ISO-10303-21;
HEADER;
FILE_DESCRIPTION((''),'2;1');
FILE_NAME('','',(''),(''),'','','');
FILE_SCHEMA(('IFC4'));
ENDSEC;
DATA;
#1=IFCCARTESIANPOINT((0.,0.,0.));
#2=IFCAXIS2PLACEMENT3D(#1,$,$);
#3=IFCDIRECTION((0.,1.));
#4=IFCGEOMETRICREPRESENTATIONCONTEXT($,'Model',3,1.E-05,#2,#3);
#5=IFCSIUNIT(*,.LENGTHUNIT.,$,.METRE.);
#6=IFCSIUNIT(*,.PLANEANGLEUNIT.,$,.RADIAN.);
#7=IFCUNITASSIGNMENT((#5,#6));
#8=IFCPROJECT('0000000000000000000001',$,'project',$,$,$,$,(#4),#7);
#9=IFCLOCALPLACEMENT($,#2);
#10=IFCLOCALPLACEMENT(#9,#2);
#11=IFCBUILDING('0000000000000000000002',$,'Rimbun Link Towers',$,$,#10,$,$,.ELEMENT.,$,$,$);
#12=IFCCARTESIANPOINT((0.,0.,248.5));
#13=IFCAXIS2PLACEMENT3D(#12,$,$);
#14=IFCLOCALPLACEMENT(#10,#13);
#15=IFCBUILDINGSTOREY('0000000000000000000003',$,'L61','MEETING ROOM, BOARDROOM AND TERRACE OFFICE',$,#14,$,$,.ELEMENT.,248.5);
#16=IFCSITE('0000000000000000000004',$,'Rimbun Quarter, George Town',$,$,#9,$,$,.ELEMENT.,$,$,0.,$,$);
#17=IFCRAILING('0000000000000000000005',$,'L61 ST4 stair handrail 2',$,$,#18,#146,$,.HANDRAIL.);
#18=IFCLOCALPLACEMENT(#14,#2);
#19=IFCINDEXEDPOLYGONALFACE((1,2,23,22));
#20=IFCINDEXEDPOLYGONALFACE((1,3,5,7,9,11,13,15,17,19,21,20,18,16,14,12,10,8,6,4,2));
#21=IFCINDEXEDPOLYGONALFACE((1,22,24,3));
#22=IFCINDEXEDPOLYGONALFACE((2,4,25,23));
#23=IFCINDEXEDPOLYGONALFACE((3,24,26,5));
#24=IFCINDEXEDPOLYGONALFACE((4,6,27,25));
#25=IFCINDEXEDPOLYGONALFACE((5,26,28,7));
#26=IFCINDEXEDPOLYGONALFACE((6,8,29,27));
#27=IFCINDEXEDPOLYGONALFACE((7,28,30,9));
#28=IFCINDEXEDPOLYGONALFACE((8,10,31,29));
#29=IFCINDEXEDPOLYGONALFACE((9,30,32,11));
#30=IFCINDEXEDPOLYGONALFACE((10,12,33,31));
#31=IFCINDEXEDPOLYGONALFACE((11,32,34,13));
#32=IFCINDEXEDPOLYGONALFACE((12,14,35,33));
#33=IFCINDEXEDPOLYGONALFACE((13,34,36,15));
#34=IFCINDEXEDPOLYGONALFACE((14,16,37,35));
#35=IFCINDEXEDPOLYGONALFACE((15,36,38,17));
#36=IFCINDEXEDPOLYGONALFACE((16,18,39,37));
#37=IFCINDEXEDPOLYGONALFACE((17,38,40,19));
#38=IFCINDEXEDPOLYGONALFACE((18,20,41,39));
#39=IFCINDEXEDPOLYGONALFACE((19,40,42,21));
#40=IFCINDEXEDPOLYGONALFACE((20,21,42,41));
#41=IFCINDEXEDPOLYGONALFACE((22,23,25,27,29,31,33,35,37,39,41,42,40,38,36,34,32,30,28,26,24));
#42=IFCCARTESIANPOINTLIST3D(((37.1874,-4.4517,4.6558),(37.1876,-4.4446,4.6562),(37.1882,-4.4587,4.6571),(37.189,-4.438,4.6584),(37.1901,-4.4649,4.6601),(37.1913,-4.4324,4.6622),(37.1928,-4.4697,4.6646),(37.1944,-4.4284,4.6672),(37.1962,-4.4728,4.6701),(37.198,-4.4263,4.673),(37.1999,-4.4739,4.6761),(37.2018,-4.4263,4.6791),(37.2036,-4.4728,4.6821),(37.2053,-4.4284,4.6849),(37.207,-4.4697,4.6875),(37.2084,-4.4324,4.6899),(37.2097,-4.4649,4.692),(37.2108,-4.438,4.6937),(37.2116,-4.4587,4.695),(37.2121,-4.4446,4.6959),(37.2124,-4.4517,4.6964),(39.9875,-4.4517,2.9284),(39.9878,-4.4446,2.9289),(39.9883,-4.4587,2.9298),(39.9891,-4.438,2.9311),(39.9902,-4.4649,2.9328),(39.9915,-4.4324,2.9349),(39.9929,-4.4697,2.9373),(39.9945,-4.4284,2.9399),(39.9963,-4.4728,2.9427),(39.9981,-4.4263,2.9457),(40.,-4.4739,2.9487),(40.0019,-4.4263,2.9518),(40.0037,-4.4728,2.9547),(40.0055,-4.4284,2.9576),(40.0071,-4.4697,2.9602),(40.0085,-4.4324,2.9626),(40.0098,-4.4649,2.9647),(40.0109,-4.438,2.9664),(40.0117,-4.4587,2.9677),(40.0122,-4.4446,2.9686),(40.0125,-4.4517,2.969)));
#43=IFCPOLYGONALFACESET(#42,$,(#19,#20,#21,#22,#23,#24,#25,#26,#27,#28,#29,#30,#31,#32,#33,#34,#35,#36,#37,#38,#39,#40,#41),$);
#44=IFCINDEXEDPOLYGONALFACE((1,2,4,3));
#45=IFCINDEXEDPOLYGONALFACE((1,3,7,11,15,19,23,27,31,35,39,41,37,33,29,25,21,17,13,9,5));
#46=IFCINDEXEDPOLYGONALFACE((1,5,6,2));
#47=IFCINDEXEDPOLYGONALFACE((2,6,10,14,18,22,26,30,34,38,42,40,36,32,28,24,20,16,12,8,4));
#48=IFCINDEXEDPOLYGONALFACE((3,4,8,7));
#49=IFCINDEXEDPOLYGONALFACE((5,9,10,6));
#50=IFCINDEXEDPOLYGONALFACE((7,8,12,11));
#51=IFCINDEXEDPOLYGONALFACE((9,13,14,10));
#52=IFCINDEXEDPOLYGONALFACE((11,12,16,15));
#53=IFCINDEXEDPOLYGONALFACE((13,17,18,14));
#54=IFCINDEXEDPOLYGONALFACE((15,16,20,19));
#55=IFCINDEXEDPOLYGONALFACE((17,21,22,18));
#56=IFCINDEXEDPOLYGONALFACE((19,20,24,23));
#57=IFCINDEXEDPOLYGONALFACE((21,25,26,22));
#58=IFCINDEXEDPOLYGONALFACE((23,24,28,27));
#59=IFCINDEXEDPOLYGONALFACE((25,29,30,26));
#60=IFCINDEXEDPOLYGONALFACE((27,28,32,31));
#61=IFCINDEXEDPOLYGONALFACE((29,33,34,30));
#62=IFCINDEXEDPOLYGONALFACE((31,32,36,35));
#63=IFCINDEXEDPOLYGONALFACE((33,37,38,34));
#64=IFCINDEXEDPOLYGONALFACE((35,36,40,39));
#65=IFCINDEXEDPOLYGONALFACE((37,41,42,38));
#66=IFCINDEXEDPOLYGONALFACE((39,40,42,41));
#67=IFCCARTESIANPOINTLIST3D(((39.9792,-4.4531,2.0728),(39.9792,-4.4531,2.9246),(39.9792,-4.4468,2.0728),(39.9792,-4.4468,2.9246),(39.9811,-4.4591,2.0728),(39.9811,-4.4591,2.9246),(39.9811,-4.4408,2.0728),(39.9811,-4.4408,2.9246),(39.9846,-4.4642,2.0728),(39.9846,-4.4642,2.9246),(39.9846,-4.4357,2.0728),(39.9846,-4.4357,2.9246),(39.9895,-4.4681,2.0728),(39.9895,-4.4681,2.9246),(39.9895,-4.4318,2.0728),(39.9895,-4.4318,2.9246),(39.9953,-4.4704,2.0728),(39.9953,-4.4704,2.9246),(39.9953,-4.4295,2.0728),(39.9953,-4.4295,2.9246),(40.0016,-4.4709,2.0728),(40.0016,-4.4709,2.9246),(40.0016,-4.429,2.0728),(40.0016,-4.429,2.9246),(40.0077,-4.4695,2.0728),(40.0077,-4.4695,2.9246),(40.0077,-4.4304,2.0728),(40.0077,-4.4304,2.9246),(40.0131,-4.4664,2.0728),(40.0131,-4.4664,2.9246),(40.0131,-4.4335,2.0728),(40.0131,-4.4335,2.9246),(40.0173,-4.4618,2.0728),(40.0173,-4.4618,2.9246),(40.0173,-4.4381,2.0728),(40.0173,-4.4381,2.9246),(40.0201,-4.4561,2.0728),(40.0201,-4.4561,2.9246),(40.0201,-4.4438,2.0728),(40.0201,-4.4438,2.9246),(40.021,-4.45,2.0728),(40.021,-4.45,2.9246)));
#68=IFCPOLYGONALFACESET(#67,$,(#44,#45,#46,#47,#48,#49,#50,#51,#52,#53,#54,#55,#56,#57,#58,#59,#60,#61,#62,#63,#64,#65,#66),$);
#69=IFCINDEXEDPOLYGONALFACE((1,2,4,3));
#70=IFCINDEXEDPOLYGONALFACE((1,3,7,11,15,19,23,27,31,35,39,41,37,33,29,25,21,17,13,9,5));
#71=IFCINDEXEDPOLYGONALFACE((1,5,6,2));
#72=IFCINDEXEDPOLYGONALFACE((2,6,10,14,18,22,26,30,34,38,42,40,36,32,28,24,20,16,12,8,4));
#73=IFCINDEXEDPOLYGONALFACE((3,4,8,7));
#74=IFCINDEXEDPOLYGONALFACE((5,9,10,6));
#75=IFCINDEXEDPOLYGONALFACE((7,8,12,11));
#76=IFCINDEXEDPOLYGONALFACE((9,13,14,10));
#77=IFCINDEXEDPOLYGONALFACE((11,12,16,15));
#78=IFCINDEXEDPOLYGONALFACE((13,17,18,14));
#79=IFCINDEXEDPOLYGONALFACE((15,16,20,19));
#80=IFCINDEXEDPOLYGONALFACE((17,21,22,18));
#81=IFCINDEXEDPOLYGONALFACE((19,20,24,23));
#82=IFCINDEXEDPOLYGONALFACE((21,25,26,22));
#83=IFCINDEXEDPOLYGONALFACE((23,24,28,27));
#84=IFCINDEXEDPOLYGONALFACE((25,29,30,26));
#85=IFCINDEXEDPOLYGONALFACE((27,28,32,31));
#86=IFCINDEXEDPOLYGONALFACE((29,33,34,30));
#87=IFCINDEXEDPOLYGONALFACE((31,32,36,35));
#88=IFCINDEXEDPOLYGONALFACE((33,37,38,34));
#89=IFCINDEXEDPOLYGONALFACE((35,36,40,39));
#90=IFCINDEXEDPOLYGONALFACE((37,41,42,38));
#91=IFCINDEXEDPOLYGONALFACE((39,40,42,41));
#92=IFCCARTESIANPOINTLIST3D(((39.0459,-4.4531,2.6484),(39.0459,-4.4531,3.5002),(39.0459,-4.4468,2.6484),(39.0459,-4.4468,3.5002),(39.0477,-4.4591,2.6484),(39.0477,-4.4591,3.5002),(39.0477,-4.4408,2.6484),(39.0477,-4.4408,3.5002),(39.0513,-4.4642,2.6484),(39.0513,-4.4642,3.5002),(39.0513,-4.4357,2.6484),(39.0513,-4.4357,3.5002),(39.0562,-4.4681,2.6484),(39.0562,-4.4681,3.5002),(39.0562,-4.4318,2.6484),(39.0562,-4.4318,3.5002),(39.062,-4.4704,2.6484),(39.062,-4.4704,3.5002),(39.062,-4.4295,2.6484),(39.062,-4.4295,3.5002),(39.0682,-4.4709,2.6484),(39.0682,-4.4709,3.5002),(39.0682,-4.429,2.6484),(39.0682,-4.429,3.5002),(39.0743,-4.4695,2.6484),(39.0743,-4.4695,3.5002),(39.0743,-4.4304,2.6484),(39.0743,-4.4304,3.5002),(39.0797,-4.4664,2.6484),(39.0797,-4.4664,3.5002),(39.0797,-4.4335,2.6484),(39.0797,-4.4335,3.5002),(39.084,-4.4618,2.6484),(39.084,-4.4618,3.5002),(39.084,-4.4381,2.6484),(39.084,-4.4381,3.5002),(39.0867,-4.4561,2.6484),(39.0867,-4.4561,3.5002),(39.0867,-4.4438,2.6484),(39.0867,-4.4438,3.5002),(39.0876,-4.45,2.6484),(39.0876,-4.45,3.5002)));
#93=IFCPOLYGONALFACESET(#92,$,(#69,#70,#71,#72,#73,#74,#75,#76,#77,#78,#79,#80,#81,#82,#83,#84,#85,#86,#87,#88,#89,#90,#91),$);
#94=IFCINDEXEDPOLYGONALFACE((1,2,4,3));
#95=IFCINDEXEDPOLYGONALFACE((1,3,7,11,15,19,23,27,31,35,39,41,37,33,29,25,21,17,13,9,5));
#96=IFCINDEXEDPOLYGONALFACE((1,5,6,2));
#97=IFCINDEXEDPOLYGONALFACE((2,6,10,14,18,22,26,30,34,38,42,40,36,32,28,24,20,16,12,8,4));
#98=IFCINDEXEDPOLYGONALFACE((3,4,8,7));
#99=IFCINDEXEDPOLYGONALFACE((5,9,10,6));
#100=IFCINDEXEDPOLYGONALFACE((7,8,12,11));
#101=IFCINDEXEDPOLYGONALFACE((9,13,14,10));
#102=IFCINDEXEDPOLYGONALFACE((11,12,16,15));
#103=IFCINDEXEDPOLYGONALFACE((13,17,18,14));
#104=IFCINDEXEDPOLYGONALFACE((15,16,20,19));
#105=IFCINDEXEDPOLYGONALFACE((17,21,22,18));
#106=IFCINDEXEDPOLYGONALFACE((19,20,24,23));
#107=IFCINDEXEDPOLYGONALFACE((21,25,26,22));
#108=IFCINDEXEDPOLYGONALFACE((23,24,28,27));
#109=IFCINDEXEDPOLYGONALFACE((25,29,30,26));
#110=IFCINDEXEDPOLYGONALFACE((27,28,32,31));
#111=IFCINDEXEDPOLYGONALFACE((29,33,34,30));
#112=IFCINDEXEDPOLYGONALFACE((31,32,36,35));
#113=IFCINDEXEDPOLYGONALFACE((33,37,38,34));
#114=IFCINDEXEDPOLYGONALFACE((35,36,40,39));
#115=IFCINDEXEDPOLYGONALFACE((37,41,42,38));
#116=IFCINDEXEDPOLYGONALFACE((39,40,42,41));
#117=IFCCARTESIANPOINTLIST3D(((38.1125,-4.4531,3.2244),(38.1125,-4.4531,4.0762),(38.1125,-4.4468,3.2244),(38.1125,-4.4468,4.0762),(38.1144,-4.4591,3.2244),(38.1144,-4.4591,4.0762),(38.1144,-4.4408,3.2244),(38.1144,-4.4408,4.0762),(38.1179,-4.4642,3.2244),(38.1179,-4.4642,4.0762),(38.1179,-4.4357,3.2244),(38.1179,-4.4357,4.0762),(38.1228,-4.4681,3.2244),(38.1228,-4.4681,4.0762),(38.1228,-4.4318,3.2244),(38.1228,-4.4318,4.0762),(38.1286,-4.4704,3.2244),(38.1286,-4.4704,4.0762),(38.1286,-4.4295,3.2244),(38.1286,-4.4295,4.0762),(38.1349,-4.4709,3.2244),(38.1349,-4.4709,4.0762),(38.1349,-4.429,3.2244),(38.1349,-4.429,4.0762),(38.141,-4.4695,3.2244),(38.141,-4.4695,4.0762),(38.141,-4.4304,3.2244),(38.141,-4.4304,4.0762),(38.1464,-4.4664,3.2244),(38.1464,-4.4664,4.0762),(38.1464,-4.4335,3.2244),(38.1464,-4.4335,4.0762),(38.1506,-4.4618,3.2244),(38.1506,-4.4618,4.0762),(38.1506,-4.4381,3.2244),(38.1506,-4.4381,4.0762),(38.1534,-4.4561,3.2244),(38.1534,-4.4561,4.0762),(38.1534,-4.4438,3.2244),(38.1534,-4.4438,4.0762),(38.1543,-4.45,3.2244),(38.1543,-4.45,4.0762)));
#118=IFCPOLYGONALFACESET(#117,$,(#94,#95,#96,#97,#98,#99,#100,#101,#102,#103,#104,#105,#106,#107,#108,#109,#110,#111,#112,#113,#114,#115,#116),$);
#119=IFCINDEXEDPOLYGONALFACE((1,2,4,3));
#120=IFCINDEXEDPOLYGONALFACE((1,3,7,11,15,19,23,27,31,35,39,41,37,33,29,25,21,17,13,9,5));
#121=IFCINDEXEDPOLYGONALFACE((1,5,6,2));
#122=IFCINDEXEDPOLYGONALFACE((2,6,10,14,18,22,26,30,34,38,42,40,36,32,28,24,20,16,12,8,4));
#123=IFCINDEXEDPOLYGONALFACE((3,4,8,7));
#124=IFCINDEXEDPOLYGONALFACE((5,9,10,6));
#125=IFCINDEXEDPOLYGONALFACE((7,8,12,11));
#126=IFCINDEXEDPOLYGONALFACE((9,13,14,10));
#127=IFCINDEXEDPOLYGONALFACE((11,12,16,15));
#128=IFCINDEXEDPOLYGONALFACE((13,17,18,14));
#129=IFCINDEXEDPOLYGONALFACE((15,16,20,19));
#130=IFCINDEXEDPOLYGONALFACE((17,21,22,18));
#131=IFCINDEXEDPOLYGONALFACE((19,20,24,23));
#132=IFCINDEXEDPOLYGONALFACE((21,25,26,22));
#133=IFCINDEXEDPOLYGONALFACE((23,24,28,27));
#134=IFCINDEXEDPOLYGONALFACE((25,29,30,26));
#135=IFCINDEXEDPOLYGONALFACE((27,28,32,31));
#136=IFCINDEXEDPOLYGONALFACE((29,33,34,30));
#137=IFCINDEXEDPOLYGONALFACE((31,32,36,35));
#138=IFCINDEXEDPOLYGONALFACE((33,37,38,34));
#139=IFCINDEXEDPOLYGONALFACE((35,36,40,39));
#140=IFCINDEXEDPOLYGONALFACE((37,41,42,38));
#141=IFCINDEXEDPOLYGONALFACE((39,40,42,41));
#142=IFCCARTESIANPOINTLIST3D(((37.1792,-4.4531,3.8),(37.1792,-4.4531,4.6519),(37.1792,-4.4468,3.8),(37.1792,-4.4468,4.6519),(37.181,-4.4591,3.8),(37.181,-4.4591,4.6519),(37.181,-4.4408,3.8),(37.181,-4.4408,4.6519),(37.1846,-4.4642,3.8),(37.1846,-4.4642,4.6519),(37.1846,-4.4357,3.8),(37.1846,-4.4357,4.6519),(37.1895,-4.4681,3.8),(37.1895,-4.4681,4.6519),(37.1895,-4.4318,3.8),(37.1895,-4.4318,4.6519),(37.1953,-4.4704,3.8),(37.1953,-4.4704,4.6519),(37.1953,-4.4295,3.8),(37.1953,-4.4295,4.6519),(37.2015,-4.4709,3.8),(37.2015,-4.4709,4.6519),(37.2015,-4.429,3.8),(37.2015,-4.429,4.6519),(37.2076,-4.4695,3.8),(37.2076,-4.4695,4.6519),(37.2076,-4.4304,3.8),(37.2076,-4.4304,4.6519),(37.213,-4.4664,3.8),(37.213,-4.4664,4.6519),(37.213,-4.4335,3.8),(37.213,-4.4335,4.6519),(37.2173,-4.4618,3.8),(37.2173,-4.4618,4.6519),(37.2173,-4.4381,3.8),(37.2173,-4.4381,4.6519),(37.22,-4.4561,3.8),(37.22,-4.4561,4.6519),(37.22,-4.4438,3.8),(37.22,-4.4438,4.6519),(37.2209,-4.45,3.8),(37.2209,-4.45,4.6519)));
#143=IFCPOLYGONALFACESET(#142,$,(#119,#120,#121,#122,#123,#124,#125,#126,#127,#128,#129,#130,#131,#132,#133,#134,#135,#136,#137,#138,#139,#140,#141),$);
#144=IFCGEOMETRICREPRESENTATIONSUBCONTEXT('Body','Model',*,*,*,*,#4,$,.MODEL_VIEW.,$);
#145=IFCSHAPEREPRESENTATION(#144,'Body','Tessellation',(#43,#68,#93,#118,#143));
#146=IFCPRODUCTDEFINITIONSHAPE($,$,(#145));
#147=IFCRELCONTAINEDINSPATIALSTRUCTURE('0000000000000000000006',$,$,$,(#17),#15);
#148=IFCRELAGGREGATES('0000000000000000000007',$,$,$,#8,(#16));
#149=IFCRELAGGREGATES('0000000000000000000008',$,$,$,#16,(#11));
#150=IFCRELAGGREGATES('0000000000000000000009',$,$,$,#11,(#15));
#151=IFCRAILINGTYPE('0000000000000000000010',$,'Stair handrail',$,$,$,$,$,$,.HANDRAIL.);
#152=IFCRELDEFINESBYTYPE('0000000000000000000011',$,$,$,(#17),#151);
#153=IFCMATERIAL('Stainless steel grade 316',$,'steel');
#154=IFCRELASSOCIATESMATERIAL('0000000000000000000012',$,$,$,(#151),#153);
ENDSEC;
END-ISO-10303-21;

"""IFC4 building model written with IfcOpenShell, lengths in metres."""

from ifc_helpers import new_model, si_unit, direction, frame, origin, origin_2d, place, context, subcontext, project, spatial, circle, extrude, material, type_object, element, save


model = new_model("IFC4")

# Units and contexts
model_context = context("Model", 3, precision=1e-05, world=origin(), true_north=direction((0.0, 1.0)))
body_context = subcontext(model_context, "Body", "Model", "MODEL_VIEW")
ifc_project = project(units=[si_unit("LENGTHUNIT", "METRE"), si_unit("PLANEANGLEUNIT", "RADIAN")], contexts=[model_context])

# Site, building, storey
site_placement = place(None, origin())
site = spatial("IfcSite", under=ifc_project, at=site_placement, Name="Rimbun Quarter, George Town", CompositionType="ELEMENT", RefElevation=0.0)
building_placement = place(site_placement, origin())
building = spatial("IfcBuilding", under=site, at=building_placement, Name="Rimbun Link Towers", CompositionType="ELEMENT")
storey_placement = place(building_placement, frame((0.0, 0.0, 248.5)))
storey = spatial("IfcBuildingStorey", under=building, at=storey_placement, Name="L61", Description="MEETING ROOM, BOARDROOM AND TERRACE OFFICE", CompositionType="ELEMENT", Elevation=248.5)

# Railing
ifc_material_1 = material(Name="Stainless steel grade 316", Category="steel")
railing_type_1 = type_object("IfcRailingType", Name="Stair handrail", PredefinedType="HANDRAIL", material=ifc_material_1)
railing_1_placement = place(storey_placement, frame((40.0, -4.45, 2.0728)))
element("IfcRailing", 1, at=railing_1_placement, inside=storey, type_object=railing_type_1, Name="L61 ST4 stair handrail 2", PredefinedType="HANDRAIL", context=body_context, shape_type="SweptSolid", body=[
    extrude(circle(Radius=0.0239, at=origin_2d()), frame((0.0, 0.0, 0.876), z_axis=(-0.85109, 0.0, 0.52502), x_axis=(0.0, -1.0, 0.0)), (0.0, 0.0, 1.0), 3.29),
    extrude(circle(Radius=0.021, at=origin_2d()), origin(), (0.0, 0.0, 1.0), 0.8518),
    extrude(circle(Radius=0.021, at=origin_2d()), frame((-0.9333, 0.0, 0.5757)), (0.0, 0.0, 1.0), 0.8518),
    extrude(circle(Radius=0.021, at=origin_2d()), frame((-1.8667, 0.0, 1.1516)), (0.0, 0.0, 1.0), 0.8518),
    extrude(circle(Radius=0.021, at=origin_2d()), frame((-2.8, 0.0, 1.7273)), (0.0, 0.0, 1.0), 0.8518),
])

save(model, "model.ifc")
